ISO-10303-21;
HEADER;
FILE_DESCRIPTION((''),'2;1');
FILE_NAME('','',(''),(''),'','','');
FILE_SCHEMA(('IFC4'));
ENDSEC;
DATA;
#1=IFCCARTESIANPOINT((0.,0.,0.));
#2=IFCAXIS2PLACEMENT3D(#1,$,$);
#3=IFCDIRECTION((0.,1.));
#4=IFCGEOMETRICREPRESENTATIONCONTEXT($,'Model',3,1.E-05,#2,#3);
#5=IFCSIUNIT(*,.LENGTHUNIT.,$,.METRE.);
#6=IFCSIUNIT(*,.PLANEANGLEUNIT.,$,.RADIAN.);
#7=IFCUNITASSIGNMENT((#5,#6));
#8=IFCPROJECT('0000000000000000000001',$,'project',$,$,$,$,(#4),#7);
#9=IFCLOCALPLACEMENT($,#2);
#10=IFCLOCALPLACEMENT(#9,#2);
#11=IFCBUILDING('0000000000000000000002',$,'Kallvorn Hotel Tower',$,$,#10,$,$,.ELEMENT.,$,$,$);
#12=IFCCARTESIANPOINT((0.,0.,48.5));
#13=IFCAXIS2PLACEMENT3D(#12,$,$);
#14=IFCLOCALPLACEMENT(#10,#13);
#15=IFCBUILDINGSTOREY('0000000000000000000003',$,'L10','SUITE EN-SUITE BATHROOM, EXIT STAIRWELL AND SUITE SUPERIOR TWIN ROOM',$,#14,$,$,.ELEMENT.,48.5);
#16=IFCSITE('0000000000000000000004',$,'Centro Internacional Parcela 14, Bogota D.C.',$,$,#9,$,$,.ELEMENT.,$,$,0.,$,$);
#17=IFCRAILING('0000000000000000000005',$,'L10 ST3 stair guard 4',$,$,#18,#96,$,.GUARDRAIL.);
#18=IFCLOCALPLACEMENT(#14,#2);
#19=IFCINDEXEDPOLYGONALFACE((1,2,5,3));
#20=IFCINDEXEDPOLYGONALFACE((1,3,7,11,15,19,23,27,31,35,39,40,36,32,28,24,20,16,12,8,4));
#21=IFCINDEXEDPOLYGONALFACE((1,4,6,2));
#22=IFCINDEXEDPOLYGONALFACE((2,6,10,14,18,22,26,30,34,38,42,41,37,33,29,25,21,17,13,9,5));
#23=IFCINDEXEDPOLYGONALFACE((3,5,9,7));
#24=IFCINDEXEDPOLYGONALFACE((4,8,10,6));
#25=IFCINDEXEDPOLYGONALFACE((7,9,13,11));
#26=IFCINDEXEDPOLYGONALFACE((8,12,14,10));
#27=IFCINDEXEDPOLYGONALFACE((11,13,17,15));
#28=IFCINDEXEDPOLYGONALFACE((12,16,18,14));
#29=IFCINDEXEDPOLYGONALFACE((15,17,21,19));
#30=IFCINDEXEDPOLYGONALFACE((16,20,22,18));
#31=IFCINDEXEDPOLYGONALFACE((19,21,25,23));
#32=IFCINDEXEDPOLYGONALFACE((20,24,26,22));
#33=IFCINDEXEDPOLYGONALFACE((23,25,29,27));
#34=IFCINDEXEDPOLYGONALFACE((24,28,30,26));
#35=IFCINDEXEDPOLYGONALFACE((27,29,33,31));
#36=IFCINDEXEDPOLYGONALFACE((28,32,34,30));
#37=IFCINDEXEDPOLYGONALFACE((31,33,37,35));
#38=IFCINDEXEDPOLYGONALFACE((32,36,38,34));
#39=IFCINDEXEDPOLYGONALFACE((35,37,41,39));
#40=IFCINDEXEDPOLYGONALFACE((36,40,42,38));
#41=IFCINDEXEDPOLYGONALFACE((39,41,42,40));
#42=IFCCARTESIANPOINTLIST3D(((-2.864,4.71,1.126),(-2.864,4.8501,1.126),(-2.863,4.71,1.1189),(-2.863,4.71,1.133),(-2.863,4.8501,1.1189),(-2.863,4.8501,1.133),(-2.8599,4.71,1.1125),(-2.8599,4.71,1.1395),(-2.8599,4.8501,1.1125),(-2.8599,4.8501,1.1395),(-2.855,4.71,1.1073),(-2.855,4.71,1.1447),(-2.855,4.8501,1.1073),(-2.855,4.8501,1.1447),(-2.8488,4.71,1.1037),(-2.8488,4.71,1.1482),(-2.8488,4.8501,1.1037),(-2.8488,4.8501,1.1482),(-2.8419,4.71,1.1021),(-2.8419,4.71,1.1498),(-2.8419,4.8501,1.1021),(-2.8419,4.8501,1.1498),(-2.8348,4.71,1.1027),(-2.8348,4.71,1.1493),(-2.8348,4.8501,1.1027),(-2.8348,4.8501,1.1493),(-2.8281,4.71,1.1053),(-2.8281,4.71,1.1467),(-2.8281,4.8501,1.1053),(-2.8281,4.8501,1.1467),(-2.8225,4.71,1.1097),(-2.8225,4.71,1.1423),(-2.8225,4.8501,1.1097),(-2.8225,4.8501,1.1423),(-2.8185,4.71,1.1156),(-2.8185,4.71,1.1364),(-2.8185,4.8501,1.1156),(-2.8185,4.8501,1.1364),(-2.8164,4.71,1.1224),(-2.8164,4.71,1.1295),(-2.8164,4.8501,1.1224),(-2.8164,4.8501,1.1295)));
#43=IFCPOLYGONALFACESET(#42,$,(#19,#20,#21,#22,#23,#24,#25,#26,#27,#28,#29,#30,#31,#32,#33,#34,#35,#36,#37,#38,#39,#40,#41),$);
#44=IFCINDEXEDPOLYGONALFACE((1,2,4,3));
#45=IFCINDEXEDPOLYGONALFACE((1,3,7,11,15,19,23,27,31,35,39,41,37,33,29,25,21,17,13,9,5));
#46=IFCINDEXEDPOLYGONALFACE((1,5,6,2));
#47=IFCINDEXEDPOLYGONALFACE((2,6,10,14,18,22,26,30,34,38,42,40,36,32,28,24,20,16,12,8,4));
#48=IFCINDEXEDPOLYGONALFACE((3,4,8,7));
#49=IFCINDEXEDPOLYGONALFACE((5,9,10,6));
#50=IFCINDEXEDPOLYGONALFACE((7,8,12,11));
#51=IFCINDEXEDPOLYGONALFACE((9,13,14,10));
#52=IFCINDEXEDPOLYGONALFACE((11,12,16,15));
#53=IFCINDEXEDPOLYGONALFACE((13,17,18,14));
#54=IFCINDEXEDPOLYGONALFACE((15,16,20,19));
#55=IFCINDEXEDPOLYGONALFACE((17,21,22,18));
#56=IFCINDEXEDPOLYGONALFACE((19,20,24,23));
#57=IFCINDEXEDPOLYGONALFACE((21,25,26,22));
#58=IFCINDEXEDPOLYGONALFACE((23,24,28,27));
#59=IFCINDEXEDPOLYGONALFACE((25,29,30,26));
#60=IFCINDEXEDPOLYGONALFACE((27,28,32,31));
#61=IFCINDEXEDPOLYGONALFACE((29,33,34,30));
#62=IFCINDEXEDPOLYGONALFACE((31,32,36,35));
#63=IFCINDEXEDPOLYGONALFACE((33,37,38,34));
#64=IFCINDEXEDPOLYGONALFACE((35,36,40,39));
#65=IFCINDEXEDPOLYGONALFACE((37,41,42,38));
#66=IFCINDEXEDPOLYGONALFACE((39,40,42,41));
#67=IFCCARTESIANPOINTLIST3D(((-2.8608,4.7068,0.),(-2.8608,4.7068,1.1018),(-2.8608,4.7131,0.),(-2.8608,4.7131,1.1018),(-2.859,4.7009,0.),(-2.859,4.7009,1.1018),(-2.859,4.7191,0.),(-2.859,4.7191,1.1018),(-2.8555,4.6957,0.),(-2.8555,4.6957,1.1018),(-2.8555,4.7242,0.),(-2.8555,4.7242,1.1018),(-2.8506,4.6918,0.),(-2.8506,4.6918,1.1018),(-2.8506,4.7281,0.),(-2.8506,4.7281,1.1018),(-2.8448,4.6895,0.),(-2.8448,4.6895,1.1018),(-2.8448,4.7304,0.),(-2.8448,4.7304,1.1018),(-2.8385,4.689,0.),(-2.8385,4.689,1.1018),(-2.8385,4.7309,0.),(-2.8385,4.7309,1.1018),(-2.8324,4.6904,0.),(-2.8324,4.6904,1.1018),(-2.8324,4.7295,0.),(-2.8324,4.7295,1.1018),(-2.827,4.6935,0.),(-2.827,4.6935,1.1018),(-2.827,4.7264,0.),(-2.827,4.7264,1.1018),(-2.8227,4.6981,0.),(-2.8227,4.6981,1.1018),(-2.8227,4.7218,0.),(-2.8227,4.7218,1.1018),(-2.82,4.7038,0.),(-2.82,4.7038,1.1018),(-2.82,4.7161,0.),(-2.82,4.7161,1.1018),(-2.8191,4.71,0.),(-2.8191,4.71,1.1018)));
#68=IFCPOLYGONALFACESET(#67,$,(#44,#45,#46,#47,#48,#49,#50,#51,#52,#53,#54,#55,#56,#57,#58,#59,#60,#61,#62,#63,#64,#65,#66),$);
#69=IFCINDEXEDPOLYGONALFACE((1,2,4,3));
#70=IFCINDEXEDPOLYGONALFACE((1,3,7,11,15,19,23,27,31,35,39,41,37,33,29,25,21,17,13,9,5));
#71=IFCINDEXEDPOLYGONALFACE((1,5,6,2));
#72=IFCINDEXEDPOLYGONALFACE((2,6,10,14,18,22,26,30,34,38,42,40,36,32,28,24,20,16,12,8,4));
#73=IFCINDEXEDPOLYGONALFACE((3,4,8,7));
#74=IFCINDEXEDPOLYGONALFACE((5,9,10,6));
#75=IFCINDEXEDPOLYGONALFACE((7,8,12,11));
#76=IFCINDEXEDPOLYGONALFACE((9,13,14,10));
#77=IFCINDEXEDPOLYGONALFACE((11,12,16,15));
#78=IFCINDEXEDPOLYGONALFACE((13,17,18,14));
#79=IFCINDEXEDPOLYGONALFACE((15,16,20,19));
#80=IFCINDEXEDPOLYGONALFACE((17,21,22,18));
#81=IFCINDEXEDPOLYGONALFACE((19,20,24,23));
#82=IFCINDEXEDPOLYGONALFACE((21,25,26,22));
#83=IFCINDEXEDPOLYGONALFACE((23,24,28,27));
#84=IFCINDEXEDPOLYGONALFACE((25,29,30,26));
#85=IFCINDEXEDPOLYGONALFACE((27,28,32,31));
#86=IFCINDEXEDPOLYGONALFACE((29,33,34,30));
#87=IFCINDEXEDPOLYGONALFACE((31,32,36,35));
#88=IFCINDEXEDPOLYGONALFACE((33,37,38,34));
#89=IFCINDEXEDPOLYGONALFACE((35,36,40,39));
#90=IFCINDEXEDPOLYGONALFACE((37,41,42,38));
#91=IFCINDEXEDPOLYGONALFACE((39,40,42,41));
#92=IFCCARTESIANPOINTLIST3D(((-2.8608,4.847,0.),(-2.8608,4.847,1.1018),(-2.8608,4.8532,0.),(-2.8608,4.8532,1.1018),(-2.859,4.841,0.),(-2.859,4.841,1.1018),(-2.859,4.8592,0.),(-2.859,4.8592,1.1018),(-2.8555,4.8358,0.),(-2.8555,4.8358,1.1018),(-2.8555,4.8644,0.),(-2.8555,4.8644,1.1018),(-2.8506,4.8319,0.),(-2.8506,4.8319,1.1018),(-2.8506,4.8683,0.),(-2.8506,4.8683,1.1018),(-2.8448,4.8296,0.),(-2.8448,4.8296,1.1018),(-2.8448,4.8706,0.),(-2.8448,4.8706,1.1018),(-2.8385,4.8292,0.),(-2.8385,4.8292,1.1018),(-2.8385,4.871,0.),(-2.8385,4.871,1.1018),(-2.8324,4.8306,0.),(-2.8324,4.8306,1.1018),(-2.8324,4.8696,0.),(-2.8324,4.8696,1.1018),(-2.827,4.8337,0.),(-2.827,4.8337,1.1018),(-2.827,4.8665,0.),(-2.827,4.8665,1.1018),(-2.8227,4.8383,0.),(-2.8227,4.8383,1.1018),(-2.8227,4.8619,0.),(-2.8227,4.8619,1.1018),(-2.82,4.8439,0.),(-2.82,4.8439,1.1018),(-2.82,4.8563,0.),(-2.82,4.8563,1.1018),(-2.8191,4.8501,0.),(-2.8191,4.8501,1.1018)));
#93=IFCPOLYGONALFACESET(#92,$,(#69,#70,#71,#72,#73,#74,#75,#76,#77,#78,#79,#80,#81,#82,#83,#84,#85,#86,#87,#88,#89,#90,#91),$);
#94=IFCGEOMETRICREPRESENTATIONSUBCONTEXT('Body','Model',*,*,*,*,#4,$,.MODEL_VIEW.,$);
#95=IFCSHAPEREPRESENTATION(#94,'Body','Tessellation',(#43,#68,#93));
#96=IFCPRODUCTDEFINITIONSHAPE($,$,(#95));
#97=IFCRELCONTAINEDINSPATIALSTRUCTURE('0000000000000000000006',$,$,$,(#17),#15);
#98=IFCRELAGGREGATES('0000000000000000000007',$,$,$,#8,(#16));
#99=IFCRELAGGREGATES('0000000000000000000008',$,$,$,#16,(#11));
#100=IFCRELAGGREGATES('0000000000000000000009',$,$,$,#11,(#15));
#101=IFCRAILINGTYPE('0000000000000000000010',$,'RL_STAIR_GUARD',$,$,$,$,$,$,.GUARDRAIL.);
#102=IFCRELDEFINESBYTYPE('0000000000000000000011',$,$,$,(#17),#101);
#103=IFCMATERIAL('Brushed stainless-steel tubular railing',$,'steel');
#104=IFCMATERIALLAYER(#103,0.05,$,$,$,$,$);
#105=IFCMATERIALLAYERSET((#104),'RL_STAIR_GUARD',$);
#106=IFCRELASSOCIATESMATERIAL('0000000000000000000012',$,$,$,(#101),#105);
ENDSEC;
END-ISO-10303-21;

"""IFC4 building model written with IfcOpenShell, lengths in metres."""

from ifc_helpers import new_model, si_unit, direction, frame, origin, origin_2d, place, context, subcontext, project, spatial, circle, extrude, material, layer, layer_set, type_object, element, save


model = new_model("IFC4")

# Units and contexts
model_context = context("Model", 3, precision=1e-05, world=origin(), true_north=direction((0.0, 1.0)))
body_context = subcontext(model_context, "Body", "Model", "MODEL_VIEW")
ifc_project = project(units=[si_unit("LENGTHUNIT", "METRE"), si_unit("PLANEANGLEUNIT", "RADIAN")], contexts=[model_context])

# Site, building, storey
site_placement = place(None, origin())
site = spatial("IfcSite", under=ifc_project, at=site_placement, Name="Centro Internacional Parcela 14, Bogota D.C.", CompositionType="ELEMENT", RefElevation=0.0)
building_placement = place(site_placement, origin())
building = spatial("IfcBuilding", under=site, at=building_placement, Name="Kallvorn Hotel Tower", CompositionType="ELEMENT")
storey_placement = place(building_placement, frame((0.0, 0.0, 48.5)))
storey = spatial("IfcBuildingStorey", under=building, at=storey_placement, Name="L10", Description="SUITE EN-SUITE BATHROOM, EXIT STAIRWELL AND SUITE SUPERIOR TWIN ROOM", CompositionType="ELEMENT", Elevation=48.5)

# Railing
ifc_material_1 = material(Name="Brushed stainless-steel tubular railing", Category="steel")
ifc_layer_1 = layer(ifc_material_1, 0.05)
ifc_layer_set_1 = layer_set([ifc_layer_1], Name="RL_STAIR_GUARD")
railing_type_1 = type_object("IfcRailingType", Name="RL_STAIR_GUARD", PredefinedType="GUARDRAIL", material=ifc_layer_set_1)
railing_1_placement = place(storey_placement, frame((-2.8401, 4.71, 0.0)))
element("IfcRailing", 1, at=railing_1_placement, inside=storey, type_object=railing_type_1, Name="L10 ST3 stair guard 4", PredefinedType="GUARDRAIL", context=body_context, shape_type="SweptSolid", body=[
    extrude(circle(Radius=0.0239, at=origin_2d()), frame((0.0, 0.0, 1.126), z_axis=(0.0, 1.0, 0.0), x_axis=(-1.0, 0.0, 0.0)), (0.0, 0.0, 1.0), 0.1401),
    extrude(circle(Radius=0.021, at=origin_2d()), origin(), (0.0, 0.0, 1.0), 1.1018),
    extrude(circle(Radius=0.021, at=origin_2d()), frame((0.0, 0.1401, 0.0)), (0.0, 0.0, 1.0), 1.1018),
])

save(model, "model.ifc")
